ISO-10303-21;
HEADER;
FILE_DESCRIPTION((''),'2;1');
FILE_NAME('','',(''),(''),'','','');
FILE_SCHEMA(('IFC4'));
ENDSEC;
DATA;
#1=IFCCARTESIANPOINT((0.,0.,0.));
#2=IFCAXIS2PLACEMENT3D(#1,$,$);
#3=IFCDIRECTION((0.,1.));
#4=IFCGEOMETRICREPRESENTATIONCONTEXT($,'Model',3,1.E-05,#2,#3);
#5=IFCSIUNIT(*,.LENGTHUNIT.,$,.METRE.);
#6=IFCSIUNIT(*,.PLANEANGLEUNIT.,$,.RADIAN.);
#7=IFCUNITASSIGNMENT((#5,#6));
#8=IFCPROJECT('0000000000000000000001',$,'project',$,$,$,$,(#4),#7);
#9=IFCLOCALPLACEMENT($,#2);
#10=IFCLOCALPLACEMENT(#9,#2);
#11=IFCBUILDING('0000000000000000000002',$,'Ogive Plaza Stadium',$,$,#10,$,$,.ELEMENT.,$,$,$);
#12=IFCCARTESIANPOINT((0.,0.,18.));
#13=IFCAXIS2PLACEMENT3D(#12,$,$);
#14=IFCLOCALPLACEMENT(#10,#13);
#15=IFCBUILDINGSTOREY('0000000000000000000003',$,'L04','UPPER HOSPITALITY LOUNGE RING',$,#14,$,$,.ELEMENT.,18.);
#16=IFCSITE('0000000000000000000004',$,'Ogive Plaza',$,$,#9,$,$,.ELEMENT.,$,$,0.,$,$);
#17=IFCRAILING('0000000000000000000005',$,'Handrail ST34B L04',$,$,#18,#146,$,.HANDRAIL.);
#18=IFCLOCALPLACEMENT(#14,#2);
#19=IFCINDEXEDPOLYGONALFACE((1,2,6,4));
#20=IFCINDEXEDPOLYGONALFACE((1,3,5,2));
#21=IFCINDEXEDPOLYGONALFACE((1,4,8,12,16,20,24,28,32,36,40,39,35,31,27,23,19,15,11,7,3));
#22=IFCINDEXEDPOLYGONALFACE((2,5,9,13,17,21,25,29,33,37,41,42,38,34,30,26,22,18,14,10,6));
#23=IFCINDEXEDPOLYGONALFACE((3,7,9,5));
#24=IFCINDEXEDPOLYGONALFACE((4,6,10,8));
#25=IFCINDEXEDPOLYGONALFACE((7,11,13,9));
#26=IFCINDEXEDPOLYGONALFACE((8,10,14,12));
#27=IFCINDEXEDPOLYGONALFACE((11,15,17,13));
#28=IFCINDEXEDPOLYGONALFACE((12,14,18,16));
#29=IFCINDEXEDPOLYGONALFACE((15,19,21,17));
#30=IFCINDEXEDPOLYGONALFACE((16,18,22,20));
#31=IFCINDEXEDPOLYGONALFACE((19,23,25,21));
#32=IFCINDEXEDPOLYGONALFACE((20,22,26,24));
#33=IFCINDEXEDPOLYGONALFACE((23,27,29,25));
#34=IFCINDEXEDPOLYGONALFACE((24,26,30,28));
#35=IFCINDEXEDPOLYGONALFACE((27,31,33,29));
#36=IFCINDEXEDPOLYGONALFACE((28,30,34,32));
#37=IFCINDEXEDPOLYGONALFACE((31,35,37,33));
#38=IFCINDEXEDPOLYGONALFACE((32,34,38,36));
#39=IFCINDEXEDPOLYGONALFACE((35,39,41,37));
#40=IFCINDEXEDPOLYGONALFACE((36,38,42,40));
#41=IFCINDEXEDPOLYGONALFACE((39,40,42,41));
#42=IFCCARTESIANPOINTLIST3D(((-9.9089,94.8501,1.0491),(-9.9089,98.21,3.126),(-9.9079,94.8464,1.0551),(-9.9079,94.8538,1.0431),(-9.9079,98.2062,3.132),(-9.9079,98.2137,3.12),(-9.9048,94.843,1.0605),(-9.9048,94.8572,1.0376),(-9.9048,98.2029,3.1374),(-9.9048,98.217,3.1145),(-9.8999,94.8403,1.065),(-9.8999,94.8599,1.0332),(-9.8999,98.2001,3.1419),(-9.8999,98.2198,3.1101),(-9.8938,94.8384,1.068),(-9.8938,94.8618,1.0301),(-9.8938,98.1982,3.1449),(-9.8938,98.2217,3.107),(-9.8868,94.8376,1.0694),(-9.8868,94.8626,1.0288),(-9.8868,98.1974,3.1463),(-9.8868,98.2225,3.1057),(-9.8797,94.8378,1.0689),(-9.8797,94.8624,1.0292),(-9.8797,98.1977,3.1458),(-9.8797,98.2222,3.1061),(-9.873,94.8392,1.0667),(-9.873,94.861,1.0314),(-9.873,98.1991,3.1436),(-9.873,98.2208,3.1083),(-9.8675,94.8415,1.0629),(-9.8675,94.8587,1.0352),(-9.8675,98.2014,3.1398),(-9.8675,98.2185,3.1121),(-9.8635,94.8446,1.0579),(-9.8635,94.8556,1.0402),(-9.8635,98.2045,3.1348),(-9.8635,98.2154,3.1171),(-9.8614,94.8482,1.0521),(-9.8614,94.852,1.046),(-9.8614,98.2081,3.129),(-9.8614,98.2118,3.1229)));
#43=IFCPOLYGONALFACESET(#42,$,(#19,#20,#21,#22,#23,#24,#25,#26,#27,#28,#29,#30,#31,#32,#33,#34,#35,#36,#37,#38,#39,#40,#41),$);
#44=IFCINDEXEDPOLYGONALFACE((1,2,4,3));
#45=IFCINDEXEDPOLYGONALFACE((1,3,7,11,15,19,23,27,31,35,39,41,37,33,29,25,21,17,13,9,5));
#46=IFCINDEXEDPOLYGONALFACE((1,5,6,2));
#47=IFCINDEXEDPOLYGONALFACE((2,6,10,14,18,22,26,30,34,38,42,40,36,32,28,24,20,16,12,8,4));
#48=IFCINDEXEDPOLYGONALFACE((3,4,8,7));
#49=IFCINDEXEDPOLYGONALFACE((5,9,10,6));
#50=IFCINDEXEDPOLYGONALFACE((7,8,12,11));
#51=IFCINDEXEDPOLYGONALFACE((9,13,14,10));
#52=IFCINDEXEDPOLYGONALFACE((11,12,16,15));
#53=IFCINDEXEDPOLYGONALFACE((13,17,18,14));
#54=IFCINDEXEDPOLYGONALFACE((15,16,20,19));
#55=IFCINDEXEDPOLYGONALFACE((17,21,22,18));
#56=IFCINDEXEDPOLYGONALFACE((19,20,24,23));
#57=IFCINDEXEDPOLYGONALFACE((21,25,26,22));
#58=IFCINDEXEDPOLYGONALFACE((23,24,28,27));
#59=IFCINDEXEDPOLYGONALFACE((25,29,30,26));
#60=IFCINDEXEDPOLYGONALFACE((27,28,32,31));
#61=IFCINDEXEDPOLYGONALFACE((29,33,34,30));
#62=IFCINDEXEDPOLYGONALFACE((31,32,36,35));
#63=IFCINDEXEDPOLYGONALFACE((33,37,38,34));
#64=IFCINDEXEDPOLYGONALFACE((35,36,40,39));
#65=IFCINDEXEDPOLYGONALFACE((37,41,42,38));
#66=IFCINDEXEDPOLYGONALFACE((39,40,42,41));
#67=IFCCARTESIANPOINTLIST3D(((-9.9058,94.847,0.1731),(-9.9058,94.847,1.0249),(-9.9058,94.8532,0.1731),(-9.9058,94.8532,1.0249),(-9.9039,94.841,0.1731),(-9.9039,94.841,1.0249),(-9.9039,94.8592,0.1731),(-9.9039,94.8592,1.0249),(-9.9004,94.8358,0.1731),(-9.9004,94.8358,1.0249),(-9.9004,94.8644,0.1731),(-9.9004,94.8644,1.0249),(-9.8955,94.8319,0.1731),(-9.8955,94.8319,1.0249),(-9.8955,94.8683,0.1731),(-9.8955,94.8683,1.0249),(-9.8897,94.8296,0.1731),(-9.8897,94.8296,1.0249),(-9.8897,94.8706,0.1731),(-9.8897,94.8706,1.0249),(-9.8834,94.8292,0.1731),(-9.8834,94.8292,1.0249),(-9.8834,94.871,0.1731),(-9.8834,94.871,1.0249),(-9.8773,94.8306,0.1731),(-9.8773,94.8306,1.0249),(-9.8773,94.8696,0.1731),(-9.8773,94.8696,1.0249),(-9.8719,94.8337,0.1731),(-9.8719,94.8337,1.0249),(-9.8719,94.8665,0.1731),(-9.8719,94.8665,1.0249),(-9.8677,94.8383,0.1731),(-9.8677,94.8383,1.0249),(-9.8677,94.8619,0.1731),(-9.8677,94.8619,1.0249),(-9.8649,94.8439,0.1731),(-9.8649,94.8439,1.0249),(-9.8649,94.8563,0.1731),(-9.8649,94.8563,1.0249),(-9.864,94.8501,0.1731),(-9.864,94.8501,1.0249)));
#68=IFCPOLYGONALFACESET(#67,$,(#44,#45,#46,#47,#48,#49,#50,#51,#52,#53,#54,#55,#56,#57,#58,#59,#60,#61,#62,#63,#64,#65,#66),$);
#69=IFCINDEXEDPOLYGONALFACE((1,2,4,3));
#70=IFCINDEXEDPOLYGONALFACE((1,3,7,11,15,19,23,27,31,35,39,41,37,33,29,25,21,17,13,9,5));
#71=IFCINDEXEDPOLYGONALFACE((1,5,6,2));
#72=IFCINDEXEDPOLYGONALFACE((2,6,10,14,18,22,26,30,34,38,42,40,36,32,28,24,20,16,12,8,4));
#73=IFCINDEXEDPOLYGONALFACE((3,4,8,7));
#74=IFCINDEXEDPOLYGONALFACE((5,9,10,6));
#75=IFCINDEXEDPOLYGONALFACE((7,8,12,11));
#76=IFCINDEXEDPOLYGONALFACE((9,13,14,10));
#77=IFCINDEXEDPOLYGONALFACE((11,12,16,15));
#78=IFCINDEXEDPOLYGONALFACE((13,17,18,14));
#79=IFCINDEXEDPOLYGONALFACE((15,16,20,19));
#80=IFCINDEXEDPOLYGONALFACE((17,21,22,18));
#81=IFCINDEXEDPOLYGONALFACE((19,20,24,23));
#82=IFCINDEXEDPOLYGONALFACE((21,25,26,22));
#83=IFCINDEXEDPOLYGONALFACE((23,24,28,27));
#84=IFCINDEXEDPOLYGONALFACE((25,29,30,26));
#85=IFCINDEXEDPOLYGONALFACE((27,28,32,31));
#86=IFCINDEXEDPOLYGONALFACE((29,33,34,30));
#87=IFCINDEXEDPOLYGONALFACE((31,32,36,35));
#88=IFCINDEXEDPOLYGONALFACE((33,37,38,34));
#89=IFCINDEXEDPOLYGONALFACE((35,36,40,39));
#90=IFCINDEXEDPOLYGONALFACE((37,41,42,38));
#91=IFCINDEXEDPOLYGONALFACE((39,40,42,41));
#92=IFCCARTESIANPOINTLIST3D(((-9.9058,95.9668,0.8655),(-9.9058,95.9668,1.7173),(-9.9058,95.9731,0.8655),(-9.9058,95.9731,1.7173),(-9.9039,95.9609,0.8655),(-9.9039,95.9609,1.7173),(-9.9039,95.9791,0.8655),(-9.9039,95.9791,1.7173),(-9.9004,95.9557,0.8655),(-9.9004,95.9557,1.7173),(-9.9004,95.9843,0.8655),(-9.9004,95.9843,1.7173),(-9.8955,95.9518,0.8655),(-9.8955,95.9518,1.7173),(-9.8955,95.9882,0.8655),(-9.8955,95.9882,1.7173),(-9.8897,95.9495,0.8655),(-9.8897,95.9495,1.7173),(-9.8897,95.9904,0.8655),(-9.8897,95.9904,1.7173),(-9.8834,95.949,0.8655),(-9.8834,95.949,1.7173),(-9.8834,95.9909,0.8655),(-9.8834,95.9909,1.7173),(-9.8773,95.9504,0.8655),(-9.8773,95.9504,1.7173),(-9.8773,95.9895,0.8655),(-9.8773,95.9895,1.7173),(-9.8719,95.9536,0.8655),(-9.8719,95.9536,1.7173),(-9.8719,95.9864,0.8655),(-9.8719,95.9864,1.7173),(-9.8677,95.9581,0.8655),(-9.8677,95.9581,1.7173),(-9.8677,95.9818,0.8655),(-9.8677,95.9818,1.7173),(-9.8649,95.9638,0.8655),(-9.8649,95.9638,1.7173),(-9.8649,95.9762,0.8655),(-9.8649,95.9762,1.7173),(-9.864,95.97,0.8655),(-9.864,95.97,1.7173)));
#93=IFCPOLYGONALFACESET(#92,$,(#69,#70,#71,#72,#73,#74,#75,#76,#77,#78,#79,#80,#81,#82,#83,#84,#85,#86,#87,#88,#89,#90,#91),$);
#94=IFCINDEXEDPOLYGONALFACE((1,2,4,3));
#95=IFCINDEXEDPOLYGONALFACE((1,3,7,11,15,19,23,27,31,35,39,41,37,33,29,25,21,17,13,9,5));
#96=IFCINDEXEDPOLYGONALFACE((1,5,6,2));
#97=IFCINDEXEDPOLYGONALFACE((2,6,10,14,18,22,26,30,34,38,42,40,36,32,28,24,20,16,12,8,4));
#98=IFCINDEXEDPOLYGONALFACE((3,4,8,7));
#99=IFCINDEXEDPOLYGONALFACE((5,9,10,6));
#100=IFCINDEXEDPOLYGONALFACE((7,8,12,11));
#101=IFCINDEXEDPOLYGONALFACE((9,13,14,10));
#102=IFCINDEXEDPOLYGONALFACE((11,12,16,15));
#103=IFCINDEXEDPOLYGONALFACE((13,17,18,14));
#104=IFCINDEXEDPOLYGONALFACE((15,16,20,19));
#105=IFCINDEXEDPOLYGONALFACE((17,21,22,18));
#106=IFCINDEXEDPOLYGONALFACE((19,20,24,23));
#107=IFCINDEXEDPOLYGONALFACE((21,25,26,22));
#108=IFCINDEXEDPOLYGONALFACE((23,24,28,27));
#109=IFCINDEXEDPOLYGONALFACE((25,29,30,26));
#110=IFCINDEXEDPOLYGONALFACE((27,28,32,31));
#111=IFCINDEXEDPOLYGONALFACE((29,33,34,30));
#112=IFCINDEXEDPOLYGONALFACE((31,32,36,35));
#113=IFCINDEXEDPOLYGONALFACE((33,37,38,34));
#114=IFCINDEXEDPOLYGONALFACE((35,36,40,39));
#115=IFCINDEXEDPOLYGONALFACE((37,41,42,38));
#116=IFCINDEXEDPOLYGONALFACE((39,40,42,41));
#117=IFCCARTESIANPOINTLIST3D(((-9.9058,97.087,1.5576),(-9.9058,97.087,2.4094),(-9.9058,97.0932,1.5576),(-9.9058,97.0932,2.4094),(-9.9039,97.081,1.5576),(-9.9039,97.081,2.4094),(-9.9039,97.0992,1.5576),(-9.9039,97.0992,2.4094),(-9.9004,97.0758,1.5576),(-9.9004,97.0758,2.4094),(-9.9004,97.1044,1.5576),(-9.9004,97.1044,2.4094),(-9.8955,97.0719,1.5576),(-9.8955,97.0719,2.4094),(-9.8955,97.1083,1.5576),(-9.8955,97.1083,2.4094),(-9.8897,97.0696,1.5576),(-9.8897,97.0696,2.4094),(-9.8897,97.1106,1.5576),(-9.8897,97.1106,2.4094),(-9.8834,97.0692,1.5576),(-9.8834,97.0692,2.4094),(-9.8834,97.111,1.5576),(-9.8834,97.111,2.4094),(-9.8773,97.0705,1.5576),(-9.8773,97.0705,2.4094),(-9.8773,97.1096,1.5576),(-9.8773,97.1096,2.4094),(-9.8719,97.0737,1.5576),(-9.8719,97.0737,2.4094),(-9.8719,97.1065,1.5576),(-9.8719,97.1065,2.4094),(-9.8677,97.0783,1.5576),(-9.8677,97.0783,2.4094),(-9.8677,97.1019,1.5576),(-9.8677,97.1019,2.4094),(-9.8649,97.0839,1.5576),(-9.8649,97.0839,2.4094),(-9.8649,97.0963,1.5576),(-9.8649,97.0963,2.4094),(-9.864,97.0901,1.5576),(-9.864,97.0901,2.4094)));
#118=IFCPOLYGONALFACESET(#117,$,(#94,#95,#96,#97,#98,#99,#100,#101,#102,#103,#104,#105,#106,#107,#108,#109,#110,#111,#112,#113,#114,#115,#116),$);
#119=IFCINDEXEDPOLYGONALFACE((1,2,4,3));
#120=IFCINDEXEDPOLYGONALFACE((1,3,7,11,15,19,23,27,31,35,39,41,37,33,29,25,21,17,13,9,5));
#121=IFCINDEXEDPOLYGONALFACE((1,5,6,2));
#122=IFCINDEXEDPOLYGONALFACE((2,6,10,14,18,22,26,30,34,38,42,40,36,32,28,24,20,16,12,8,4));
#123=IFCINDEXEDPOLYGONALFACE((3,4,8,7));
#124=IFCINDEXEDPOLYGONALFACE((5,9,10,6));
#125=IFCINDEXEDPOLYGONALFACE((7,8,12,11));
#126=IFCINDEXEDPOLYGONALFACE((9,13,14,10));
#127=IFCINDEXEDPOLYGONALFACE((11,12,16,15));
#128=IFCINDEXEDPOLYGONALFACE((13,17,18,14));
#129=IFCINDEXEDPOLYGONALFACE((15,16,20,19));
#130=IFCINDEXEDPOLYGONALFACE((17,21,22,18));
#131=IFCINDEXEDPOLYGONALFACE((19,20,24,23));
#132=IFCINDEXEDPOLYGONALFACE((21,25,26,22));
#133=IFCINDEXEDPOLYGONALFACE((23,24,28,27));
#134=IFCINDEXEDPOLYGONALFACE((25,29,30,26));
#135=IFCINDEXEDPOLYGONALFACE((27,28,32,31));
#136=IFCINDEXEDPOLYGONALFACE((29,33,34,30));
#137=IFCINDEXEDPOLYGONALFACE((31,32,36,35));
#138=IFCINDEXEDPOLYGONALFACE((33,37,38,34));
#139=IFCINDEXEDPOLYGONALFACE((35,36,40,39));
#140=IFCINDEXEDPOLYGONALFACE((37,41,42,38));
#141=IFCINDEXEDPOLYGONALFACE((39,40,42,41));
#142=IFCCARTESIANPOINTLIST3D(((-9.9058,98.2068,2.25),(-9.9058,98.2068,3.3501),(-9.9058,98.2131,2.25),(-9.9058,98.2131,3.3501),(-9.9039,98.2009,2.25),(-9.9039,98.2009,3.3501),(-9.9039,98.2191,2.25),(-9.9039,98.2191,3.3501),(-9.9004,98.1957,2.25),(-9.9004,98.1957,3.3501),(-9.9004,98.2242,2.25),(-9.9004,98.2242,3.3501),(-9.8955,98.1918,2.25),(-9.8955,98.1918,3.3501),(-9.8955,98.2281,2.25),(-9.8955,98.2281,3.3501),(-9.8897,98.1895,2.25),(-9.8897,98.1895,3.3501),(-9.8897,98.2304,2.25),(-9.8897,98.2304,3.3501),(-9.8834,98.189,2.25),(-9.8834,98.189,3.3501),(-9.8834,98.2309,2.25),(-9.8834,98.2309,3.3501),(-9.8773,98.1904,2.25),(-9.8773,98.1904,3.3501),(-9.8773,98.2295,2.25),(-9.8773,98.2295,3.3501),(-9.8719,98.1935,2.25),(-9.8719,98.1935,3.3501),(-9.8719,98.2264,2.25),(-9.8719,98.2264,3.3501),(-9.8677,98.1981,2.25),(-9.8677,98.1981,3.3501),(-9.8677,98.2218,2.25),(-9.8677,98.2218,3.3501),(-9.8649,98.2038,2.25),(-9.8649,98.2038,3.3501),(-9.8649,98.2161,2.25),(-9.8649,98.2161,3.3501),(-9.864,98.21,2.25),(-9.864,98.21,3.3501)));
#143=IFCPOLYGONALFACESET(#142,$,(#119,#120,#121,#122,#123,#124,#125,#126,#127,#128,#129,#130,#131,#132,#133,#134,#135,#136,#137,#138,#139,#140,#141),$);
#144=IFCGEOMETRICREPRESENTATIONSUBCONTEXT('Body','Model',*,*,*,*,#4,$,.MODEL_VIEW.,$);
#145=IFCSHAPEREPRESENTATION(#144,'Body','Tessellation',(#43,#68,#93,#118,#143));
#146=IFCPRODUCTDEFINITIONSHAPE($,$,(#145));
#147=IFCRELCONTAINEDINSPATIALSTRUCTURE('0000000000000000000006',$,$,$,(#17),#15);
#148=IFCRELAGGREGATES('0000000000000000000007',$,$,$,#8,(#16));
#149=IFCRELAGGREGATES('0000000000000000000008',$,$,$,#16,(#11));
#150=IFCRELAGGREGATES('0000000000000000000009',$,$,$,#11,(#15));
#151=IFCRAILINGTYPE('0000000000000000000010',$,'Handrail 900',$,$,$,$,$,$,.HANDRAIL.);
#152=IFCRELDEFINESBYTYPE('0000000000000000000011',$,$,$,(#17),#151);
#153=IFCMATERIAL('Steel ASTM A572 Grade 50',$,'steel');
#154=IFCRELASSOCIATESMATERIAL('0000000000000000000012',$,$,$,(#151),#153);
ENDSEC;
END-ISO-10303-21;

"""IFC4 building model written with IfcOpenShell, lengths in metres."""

from ifc_helpers import new_model, si_unit, direction, frame, origin, origin_2d, place, context, subcontext, project, spatial, circle, extrude, material, type_object, element, save


model = new_model("IFC4")

# Units and contexts
model_context = context("Model", 3, precision=1e-05, world=origin(), true_north=direction((0.0, 1.0)))
body_context = subcontext(model_context, "Body", "Model", "MODEL_VIEW")
ifc_project = project(units=[si_unit("LENGTHUNIT", "METRE"), si_unit("PLANEANGLEUNIT", "RADIAN")], contexts=[model_context])

# Site, building, storey
site_placement = place(None, origin())
site = spatial("IfcSite", under=ifc_project, at=site_placement, Name="Ogive Plaza", CompositionType="ELEMENT", RefElevation=0.0)
building_placement = place(site_placement, origin())
building = spatial("IfcBuilding", under=site, at=building_placement, Name="Ogive Plaza Stadium", CompositionType="ELEMENT")
storey_placement = place(building_placement, frame((0.0, 0.0, 18.0)))
storey = spatial("IfcBuildingStorey", under=building, at=storey_placement, Name="L04", Description="UPPER HOSPITALITY LOUNGE RING", CompositionType="ELEMENT", Elevation=18.0)

# Railing
ifc_material_1 = material(Name="Steel ASTM A572 Grade 50", Category="steel")
railing_type_1 = type_object("IfcRailingType", Name="Handrail 900", PredefinedType="HANDRAIL", material=ifc_material_1)
for number, where, name in (
    (1, (-9.885, 94.8501, 0.1731), "Handrail ST34B L04"),
):
    element("IfcRailing", number, at=place(storey_placement, frame(where)), inside=storey, type_object=railing_type_1, Name=name, PredefinedType="HANDRAIL", context=body_context, shape_type="SweptSolid", body=[
        extrude(circle(Radius=0.0239, at=origin_2d()), frame((0.0, 0.0, 0.876), z_axis=(0.0, 0.850606, 0.525803), x_axis=(-1.0, 0.0, 0.0)), (0.0, 0.0, 1.0), 3.95),
        extrude(circle(Radius=0.021, at=origin_2d()), origin(), (0.0, 0.0, 1.0), 0.8518),
        extrude(circle(Radius=0.021, at=origin_2d()), frame((0.0, 1.1199, 0.6924)), (0.0, 0.0, 1.0), 0.8518),
        extrude(circle(Radius=0.021, at=origin_2d()), frame((0.0, 2.24, 1.3845)), (0.0, 0.0, 1.0), 0.8518),
        extrude(circle(Radius=0.021, at=origin_2d()), frame((0.0, 3.3599, 2.0769)), (0.0, 0.0, 1.0), 1.1001),
    ])

save(model, "model.ifc")
